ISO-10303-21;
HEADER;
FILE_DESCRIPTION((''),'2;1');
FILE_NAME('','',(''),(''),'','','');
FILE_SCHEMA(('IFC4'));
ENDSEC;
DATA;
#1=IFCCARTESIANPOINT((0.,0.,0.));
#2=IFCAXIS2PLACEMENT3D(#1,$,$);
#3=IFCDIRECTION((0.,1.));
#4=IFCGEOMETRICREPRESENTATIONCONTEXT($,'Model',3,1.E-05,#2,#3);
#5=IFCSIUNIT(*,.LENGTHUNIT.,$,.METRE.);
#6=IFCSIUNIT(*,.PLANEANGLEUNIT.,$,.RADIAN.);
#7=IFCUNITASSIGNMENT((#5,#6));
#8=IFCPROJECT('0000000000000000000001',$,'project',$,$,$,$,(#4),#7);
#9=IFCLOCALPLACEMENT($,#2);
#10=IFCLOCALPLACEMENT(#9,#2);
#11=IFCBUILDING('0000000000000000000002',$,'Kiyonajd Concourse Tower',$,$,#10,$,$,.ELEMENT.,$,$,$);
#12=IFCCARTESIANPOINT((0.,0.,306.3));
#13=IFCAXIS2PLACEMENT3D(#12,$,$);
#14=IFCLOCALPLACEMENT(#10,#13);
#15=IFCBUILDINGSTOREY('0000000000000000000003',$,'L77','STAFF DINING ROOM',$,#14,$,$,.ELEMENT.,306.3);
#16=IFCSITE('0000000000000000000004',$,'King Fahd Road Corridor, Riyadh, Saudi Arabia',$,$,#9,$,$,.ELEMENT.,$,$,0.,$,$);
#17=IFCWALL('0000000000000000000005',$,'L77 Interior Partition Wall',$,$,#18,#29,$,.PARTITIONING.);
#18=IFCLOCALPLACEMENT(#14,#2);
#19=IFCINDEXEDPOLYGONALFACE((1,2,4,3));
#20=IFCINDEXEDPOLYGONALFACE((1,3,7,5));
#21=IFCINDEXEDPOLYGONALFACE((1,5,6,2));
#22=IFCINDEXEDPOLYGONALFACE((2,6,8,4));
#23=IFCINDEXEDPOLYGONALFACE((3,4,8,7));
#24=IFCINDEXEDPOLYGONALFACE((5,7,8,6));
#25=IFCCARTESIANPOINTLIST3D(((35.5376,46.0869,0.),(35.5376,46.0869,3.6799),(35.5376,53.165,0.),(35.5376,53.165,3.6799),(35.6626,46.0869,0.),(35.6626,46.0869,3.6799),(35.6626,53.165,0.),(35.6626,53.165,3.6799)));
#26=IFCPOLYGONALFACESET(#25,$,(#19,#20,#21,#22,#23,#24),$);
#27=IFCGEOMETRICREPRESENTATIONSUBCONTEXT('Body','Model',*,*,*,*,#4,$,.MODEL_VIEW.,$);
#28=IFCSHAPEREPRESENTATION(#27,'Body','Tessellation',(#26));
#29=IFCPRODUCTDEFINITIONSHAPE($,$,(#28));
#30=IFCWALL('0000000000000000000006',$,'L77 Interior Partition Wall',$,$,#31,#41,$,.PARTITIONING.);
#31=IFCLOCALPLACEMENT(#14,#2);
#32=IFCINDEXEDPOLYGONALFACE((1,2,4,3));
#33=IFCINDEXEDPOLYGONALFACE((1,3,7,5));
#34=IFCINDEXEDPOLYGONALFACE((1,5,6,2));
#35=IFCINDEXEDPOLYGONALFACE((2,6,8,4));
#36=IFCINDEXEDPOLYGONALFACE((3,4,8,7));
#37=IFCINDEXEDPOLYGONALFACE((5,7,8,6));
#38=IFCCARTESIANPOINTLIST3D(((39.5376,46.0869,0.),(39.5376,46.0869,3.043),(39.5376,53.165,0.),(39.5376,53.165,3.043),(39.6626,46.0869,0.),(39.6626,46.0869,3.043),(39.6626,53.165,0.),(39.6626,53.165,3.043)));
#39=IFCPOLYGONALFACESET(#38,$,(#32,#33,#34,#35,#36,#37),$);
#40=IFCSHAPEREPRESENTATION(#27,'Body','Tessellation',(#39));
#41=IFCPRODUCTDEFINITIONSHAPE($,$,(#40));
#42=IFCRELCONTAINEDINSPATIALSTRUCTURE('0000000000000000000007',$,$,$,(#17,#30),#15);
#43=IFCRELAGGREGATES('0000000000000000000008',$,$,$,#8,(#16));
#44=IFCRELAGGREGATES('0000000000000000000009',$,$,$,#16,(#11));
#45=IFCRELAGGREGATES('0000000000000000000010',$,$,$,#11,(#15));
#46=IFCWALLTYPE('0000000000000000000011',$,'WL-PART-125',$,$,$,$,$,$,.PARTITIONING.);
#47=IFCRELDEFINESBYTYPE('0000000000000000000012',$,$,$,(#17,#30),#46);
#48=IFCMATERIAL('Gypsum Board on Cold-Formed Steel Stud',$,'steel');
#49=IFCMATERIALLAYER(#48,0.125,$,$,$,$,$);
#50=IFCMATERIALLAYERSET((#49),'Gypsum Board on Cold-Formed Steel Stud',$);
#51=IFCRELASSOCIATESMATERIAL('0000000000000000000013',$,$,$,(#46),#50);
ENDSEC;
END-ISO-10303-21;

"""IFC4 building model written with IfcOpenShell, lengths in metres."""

from ifc_helpers import new_model, si_unit, direction, frame, frame_2d, origin, place, context, subcontext, project, spatial, rectangle, extrude, material, layer, layer_set, type_object, element, save


model = new_model("IFC4")

# Units and contexts
model_context = context("Model", 3, precision=1e-05, world=origin(), true_north=direction((0.0, 1.0)))
body_context = subcontext(model_context, "Body", "Model", "MODEL_VIEW")
ifc_project = project(units=[si_unit("LENGTHUNIT", "METRE"), si_unit("PLANEANGLEUNIT", "RADIAN")], contexts=[model_context])

# Site, building, storey
site_placement = place(None, origin())
site = spatial("IfcSite", under=ifc_project, at=site_placement, Name="King Fahd Road Corridor, Riyadh, Saudi Arabia", CompositionType="ELEMENT", RefElevation=0.0)
building_placement = place(site_placement, origin())
building = spatial("IfcBuilding", under=site, at=building_placement, Name="Kiyonajd Concourse Tower", CompositionType="ELEMENT")
storey_placement = place(building_placement, frame((0.0, 0.0, 306.3)))
storey = spatial("IfcBuildingStorey", under=building, at=storey_placement, Name="L77", Description="STAFF DINING ROOM", CompositionType="ELEMENT", Elevation=306.3)

# Walls
ifc_material_1 = material(Name="Gypsum Board on Cold-Formed Steel Stud", Category="steel")
ifc_layer_1 = layer(ifc_material_1, 0.125)
ifc_layer_set_1 = layer_set([ifc_layer_1], Name="Gypsum Board on Cold-Formed Steel Stud")
wall_type_1 = type_object("IfcWallType", Name="WL-PART-125", PredefinedType="PARTITIONING", material=ifc_layer_set_1)
wall_1_placement = place(storey_placement, frame((35.6001, 46.0869, 0.0), z_axis=(0.0, 0.0, 1.0), x_axis=(0.0, 1.0, 0.0)))
element("IfcWall", 1, at=wall_1_placement, inside=storey, type_object=wall_type_1, Name="L77 Interior Partition Wall", PredefinedType="PARTITIONING", context=body_context, shape_type="SweptSolid", body=[
    extrude(rectangle(XDim=7.0781, YDim=0.125, at=frame_2d((3.5391, 0.0))), origin(), (0.0, 0.0, 1.0), 3.6799),
])
wall_2_placement = place(storey_placement, frame((39.6001, 46.0869, 0.0), z_axis=(0.0, 0.0, 1.0), x_axis=(0.0, 1.0, 0.0)))
element("IfcWall", 2, at=wall_2_placement, inside=storey, type_object=wall_type_1, Name="L77 Interior Partition Wall", PredefinedType="PARTITIONING", context=body_context, shape_type="SweptSolid", body=[
    extrude(rectangle(XDim=7.0781, YDim=0.125, at=frame_2d((3.5391, 0.0))), origin(), (0.0, 0.0, 1.0), 3.043),
])

save(model, "model.ifc")
